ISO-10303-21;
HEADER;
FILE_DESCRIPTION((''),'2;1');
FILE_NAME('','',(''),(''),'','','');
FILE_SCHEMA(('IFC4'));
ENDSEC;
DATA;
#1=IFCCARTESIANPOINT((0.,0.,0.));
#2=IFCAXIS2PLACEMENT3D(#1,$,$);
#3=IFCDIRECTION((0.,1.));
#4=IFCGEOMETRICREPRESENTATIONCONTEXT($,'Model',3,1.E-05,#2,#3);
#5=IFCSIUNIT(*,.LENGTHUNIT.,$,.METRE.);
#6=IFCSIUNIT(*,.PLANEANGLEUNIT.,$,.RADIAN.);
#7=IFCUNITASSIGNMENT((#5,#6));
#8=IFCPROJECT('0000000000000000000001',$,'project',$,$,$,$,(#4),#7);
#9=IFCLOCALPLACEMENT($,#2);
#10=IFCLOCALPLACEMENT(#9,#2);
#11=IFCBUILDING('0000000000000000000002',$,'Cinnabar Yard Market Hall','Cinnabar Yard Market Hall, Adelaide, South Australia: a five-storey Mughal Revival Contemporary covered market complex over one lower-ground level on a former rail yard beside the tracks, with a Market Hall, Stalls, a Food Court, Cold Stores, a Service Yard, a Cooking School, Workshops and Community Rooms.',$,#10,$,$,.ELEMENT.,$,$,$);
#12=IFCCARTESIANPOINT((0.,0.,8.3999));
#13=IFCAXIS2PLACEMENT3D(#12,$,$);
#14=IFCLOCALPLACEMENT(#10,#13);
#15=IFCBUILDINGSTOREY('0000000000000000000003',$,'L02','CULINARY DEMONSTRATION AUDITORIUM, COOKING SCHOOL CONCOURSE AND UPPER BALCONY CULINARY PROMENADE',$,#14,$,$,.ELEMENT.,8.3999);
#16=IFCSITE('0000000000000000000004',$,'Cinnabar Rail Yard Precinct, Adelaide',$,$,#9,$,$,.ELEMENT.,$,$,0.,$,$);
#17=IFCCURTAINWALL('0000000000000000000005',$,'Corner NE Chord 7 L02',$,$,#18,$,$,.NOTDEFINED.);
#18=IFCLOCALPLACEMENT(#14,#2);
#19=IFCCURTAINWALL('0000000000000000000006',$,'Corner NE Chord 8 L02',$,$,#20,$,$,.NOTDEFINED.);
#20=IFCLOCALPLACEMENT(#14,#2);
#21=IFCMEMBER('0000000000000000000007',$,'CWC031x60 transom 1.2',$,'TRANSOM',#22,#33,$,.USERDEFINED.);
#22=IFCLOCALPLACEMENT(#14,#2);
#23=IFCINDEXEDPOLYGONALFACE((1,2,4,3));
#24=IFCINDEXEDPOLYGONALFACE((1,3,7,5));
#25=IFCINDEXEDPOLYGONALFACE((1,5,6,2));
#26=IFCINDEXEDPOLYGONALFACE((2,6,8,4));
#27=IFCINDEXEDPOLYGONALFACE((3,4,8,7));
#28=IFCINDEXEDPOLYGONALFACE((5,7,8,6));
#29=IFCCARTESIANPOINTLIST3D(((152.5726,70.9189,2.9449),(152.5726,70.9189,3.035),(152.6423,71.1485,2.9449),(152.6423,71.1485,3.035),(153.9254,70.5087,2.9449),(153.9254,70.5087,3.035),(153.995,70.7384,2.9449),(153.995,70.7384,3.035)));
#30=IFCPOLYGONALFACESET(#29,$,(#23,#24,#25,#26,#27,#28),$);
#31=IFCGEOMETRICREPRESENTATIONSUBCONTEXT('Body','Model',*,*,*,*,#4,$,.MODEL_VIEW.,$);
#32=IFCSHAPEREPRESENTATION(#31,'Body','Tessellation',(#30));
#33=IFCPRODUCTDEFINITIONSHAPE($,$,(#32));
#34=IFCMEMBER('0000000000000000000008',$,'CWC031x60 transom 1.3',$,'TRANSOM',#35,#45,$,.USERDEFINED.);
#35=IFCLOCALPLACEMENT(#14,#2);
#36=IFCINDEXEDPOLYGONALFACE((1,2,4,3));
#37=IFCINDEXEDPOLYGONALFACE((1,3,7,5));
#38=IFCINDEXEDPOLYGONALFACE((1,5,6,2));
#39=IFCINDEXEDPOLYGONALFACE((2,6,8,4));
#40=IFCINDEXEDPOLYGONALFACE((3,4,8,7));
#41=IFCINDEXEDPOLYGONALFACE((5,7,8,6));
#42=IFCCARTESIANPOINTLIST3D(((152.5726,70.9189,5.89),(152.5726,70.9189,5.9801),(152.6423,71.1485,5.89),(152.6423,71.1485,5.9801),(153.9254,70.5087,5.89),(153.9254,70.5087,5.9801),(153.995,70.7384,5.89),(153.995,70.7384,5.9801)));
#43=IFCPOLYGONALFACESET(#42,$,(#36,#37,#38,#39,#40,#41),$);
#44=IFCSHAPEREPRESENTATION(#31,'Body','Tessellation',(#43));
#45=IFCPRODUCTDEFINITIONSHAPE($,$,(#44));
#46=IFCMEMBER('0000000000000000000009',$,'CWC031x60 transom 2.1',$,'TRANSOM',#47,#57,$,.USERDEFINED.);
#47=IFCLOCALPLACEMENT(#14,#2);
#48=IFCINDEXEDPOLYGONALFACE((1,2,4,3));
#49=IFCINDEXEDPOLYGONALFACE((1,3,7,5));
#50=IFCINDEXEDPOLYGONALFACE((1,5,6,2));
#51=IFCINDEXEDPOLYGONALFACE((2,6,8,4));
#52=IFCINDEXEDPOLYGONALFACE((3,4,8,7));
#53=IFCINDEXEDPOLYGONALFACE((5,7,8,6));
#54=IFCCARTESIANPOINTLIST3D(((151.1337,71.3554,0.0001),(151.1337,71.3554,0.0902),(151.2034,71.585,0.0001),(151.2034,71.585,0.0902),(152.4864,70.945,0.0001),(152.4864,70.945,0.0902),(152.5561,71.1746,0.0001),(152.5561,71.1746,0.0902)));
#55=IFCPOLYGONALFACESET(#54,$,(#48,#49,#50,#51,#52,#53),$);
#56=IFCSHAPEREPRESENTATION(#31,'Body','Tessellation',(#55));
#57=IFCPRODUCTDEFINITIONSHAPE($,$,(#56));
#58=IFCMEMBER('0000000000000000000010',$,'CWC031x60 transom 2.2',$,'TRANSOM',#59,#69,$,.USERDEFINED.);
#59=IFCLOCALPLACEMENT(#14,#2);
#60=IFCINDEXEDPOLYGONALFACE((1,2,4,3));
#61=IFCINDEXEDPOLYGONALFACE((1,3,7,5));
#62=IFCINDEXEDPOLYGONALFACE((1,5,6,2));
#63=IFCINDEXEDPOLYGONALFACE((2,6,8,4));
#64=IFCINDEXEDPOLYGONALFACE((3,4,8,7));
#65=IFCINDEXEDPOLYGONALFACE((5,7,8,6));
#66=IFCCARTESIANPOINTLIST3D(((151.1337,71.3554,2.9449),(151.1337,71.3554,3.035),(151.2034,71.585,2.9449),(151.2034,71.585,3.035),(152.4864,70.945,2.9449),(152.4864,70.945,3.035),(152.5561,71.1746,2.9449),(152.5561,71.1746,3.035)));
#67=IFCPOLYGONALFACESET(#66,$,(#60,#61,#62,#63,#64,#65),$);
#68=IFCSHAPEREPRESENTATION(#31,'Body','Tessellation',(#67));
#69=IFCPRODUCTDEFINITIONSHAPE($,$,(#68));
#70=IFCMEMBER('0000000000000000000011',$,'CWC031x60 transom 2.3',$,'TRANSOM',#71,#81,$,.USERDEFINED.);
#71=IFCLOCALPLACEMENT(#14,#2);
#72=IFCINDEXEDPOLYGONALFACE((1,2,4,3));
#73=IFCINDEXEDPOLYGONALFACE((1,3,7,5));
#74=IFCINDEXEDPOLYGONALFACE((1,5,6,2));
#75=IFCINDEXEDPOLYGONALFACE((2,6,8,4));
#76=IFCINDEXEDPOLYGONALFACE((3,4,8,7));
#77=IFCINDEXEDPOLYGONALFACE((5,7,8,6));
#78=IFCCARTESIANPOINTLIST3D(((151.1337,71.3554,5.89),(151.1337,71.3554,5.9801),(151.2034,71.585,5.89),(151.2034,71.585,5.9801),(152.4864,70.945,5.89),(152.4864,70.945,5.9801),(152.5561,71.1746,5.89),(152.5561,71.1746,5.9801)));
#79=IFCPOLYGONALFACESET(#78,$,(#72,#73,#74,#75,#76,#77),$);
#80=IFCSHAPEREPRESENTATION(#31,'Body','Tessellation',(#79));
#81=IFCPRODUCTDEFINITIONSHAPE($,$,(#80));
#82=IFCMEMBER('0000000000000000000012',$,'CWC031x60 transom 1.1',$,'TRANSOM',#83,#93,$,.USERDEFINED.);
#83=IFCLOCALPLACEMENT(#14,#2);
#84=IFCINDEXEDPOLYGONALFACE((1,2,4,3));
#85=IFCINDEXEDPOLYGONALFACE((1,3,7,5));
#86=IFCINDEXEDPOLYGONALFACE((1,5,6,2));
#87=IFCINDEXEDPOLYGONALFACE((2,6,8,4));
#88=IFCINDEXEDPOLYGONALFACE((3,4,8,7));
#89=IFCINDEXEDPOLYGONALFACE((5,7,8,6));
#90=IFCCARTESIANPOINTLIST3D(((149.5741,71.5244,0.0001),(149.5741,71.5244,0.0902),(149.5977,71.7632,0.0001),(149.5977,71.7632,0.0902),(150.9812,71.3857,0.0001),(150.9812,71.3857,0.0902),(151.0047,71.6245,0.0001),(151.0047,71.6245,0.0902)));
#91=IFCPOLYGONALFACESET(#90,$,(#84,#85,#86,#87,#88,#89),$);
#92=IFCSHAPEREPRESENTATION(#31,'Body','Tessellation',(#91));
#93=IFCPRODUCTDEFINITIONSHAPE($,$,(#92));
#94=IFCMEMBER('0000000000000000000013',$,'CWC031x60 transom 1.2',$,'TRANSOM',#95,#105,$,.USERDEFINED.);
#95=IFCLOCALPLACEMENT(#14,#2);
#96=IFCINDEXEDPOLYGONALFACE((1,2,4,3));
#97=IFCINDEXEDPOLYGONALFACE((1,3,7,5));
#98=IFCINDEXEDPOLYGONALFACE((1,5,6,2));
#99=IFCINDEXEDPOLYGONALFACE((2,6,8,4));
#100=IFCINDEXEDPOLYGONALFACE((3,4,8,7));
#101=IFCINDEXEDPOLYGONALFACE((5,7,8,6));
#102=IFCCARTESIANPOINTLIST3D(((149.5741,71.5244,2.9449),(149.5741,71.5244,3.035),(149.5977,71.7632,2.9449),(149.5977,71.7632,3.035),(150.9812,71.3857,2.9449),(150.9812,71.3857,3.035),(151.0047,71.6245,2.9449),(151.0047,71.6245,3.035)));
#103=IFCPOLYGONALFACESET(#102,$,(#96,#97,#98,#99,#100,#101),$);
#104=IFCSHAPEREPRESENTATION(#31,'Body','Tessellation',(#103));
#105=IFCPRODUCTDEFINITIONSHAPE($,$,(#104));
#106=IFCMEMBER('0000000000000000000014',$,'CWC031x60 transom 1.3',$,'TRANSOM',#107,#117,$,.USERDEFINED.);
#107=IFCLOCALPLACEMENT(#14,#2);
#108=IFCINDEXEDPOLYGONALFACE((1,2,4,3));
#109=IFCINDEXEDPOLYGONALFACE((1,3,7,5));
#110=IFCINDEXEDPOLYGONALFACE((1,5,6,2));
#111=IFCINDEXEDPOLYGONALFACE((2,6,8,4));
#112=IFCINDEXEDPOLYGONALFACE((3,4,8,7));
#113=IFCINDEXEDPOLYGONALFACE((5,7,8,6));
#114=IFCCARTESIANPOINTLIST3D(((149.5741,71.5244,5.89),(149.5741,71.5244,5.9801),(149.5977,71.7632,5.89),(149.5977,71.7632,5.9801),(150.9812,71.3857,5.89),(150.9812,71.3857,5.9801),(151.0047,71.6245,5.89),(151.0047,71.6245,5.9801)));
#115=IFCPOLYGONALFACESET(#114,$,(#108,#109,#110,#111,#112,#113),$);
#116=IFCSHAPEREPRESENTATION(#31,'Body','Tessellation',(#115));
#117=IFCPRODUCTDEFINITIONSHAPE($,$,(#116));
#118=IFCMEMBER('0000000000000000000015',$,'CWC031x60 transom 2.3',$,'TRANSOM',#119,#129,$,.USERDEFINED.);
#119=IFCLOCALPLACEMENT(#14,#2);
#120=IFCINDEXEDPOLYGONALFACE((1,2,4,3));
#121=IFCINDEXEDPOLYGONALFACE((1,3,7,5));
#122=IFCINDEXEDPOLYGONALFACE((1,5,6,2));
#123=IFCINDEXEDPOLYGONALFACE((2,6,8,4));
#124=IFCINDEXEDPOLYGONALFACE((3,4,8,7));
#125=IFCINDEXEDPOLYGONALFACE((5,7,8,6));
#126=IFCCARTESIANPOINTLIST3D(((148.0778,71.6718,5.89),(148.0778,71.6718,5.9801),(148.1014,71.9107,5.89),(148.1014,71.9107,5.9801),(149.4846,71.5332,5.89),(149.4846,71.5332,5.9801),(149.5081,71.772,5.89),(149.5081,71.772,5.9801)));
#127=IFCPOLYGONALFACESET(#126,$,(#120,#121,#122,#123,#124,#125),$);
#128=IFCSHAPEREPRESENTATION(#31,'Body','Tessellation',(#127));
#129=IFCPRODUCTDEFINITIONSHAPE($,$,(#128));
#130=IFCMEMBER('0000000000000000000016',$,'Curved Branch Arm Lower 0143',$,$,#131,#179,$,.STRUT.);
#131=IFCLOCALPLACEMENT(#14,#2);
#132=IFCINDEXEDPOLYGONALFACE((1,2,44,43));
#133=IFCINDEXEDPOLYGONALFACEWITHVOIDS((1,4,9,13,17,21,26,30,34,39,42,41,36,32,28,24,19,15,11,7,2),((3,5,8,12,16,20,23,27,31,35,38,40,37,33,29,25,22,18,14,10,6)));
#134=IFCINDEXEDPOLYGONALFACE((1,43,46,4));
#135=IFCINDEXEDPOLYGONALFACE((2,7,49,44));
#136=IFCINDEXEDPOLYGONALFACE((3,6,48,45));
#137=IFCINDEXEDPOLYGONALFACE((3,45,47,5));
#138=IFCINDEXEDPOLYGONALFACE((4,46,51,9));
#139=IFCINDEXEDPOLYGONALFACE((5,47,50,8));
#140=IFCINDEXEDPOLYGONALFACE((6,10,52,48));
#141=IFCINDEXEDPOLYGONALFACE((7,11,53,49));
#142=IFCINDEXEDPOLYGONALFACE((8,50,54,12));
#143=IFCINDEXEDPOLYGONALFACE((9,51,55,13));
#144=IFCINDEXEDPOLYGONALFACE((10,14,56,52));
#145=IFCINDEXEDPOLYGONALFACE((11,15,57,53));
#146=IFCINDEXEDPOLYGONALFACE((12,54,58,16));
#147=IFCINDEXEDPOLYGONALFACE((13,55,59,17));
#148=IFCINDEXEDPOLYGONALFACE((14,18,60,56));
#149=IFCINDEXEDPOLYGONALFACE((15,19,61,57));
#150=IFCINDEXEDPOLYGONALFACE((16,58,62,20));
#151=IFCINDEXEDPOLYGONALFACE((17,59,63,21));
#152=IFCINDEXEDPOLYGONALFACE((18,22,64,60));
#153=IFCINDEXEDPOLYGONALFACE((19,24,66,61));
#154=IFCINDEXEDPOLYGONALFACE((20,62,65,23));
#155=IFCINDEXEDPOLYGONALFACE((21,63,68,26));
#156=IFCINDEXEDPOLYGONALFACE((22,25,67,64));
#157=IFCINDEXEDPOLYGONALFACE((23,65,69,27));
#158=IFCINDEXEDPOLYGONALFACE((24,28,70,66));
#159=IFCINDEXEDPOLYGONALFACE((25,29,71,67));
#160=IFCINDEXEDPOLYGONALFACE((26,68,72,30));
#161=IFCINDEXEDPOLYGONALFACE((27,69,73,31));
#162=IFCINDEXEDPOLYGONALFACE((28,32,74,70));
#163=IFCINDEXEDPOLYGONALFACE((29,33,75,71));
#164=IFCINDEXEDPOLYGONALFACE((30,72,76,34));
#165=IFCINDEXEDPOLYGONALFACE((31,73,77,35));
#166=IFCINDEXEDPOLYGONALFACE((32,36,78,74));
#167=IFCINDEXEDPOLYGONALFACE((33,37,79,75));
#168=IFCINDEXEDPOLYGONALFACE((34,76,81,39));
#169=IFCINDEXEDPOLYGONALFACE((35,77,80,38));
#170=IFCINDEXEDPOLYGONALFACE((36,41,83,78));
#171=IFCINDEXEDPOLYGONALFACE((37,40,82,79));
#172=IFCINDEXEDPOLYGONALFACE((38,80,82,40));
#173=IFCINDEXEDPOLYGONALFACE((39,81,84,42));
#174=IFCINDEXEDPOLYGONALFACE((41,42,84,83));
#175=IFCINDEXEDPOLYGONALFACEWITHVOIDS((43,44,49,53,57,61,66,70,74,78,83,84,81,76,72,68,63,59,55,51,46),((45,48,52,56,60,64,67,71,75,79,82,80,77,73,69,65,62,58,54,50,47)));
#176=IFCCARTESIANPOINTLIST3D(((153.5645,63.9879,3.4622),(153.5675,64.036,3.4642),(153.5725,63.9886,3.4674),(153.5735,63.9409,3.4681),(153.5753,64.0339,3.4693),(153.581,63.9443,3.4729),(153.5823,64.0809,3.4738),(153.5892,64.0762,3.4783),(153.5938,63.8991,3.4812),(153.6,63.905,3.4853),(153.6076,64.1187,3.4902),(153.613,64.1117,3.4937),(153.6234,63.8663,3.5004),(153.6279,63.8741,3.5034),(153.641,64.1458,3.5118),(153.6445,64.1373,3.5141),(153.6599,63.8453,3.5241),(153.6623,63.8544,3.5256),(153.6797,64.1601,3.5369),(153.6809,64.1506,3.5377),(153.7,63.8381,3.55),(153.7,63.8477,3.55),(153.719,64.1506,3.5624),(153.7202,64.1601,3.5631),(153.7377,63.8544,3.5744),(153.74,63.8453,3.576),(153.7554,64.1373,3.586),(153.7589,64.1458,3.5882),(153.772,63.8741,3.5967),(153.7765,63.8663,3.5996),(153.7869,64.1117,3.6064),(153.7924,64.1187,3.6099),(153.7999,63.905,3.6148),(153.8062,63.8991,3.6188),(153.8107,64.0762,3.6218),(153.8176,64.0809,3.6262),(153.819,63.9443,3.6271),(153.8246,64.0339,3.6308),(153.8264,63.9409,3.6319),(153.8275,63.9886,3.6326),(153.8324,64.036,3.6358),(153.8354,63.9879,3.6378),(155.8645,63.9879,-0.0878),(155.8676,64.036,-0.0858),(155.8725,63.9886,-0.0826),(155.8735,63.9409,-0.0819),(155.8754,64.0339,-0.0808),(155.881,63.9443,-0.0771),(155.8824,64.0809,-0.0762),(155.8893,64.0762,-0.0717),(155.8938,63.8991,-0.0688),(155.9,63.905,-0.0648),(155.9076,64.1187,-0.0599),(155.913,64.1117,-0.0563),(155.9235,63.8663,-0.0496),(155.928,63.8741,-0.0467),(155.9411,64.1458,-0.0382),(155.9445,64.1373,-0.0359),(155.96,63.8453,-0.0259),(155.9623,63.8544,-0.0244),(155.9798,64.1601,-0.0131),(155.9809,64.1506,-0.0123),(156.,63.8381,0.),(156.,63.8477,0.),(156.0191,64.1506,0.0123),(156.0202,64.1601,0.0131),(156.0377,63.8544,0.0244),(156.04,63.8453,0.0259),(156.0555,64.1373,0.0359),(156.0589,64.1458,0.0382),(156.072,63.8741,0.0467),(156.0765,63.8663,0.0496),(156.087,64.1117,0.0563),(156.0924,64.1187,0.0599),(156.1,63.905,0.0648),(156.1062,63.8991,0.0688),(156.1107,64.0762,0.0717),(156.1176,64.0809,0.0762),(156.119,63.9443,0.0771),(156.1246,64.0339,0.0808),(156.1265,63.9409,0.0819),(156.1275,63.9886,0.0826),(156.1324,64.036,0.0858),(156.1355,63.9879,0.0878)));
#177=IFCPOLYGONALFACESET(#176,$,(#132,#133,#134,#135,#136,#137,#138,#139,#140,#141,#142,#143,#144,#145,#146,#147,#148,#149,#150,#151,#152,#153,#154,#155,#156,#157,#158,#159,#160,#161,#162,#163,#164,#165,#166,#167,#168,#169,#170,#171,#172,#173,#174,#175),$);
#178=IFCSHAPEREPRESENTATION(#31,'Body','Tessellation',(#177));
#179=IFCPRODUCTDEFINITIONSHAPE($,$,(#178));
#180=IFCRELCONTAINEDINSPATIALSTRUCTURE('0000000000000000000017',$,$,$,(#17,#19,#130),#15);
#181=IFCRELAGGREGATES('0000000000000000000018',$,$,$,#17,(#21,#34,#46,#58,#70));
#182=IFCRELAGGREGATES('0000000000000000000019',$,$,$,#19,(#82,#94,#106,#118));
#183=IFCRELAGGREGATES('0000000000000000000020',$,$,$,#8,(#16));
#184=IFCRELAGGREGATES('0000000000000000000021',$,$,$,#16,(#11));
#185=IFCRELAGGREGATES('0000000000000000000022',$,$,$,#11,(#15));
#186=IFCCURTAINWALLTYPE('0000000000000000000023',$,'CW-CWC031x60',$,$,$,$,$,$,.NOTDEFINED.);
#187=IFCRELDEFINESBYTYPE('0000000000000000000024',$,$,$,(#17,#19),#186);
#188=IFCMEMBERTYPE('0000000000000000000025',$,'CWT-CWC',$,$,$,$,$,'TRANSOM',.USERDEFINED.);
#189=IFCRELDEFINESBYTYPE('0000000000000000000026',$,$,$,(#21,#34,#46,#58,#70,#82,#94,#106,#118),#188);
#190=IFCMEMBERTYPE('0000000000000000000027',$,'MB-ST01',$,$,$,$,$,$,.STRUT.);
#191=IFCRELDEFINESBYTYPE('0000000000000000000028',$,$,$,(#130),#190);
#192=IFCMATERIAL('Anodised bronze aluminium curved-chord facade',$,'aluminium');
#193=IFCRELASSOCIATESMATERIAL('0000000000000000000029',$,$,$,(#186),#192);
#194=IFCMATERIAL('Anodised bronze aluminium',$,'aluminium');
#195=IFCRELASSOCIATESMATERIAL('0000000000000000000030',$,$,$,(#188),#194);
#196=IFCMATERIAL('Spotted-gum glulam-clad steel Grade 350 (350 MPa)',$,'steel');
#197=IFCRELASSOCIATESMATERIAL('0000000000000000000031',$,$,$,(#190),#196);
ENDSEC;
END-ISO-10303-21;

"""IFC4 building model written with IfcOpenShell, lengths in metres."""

from ifc_helpers import new_model, si_unit, direction, frame, origin, origin_2d_with_axis, place, context, subcontext, project, spatial, rectangle, hollow_circle, extrude, material, material_profile, profile_set, type_object, element, aggregate, save


model = new_model("IFC4")

# Units and contexts
model_context = context("Model", 3, precision=1e-05, world=origin(), true_north=direction((0.0, 1.0)))
body_context = subcontext(model_context, "Body", "Model", "MODEL_VIEW")
ifc_project = project(units=[si_unit("LENGTHUNIT", "METRE"), si_unit("PLANEANGLEUNIT", "RADIAN")], contexts=[model_context])

# Site, building, storey
site_placement = place(None, origin())
site = spatial("IfcSite", under=ifc_project, at=site_placement, Name="Cinnabar Rail Yard Precinct, Adelaide", CompositionType="ELEMENT", RefElevation=0.0)
building_placement = place(site_placement, origin())
building = spatial("IfcBuilding", under=site, at=building_placement, Name="Cinnabar Yard Market Hall", Description="Cinnabar Yard Market Hall, Adelaide, South Australia: a five-storey Mughal Revival Contemporary covered market complex over one lower-ground level on a former rail yard beside the tracks, with a Market Hall, Stalls, a Food Court, Cold Stores, a Service Yard, a Cooking School, Workshops and Community Rooms.", CompositionType="ELEMENT")
storey_placement = place(building_placement, frame((0.0, 0.0, 8.3999)))
storey = spatial("IfcBuildingStorey", under=building, at=storey_placement, Name="L02", Description="CULINARY DEMONSTRATION AUDITORIUM, COOKING SCHOOL CONCOURSE AND UPPER BALCONY CULINARY PROMENADE", CompositionType="ELEMENT", Elevation=8.3999)

# Curtain walls
ifc_material_1 = material(Name="Anodised bronze aluminium curved-chord facade", Category="aluminium")
curtain_wall_type = type_object("IfcCurtainWallType", Name="CW-CWC031x60", PredefinedType="NOTDEFINED", material=ifc_material_1)
ifc_material_2 = material(Name="Anodised bronze aluminium", Category="aluminium")
curtain_wall_1_placement = place(storey_placement, origin())
curtain_wall_1 = element("IfcCurtainWall", 1, at=curtain_wall_1_placement, inside=storey, type_object=curtain_wall_type, Name="Corner NE Chord 7 L02", PredefinedType="NOTDEFINED")
curtain_wall_2_placement = place(storey_placement, origin())
curtain_wall_2 = element("IfcCurtainWall", 2, at=curtain_wall_2_placement, inside=storey, type_object=curtain_wall_type, Name="Corner NE Chord 8 L02", PredefinedType="NOTDEFINED")

# Members
ifc_material_profile_1 = material_profile(ifc_material_2, rectangle(XDim=0.24, YDim=0.0901, at=origin_2d_with_axis()), Name="TRN-CWC")
ifc_profile_set_1 = profile_set([ifc_material_profile_1], Name="Anodised bronze aluminium")
member_type_1 = type_object("IfcMemberType", Name="CWT-CWC", ElementType="TRANSOM", PredefinedType="USERDEFINED", material=ifc_profile_set_1)
member_1_placement = place(storey_placement, frame((153.9602, 70.6235, 2.99), z_axis=(-0.956981, 0.290151, 0.0), x_axis=(-0.290151, -0.956981, 0.0)))
member_1 = element("IfcMember", 3, at=member_1_placement, type_object=member_type_1, Name="CWC031x60 transom 1.2", ObjectType="TRANSOM", PredefinedType="USERDEFINED", context=body_context, shape_type="SweptSolid", body=[
    extrude(rectangle(XDim=0.24, YDim=0.0901, at=origin_2d_with_axis()), origin(), (0.0, 0.0, 1.0), 1.4136),
])
member_2_placement = place(storey_placement, frame((153.9602, 70.6235, 5.9351), z_axis=(-0.956981, 0.290151, 0.0), x_axis=(-0.290151, -0.956981, 0.0)))
member_2 = element("IfcMember", 4, at=member_2_placement, type_object=member_type_1, Name="CWC031x60 transom 1.3", ObjectType="TRANSOM", PredefinedType="USERDEFINED", context=body_context, shape_type="SweptSolid", body=[
    extrude(rectangle(XDim=0.24, YDim=0.0901, at=origin_2d_with_axis()), origin(), (0.0, 0.0, 1.0), 1.4136),
])
member_3_placement = place(storey_placement, frame((152.5212, 71.0598, 0.0452), z_axis=(-0.956933, 0.290309, 0.0), x_axis=(-0.290309, -0.956933, 0.0)))
member_3 = element("IfcMember", 5, at=member_3_placement, type_object=member_type_1, Name="CWC031x60 transom 2.1", ObjectType="TRANSOM", PredefinedType="USERDEFINED", context=body_context, shape_type="SweptSolid", body=[
    extrude(rectangle(XDim=0.24, YDim=0.0901, at=origin_2d_with_axis()), origin(), (0.0, 0.0, 1.0), 1.4136),
])
member_4_placement = place(storey_placement, frame((152.5212, 71.0598, 2.99), z_axis=(-0.956933, 0.290309, 0.0), x_axis=(-0.290309, -0.956933, 0.0)))
member_4 = element("IfcMember", 6, at=member_4_placement, type_object=member_type_1, Name="CWC031x60 transom 2.2", ObjectType="TRANSOM", PredefinedType="USERDEFINED", context=body_context, shape_type="SweptSolid", body=[
    extrude(rectangle(XDim=0.24, YDim=0.0901, at=origin_2d_with_axis()), origin(), (0.0, 0.0, 1.0), 1.4136),
])
member_5_placement = place(storey_placement, frame((152.5212, 71.0598, 5.9351), z_axis=(-0.956933, 0.290309, 0.0), x_axis=(-0.290309, -0.956933, 0.0)))
member_5 = element("IfcMember", 7, at=member_5_placement, type_object=member_type_1, Name="CWC031x60 transom 2.3", ObjectType="TRANSOM", PredefinedType="USERDEFINED", context=body_context, shape_type="SweptSolid", body=[
    extrude(rectangle(XDim=0.24, YDim=0.0901, at=origin_2d_with_axis()), origin(), (0.0, 0.0, 1.0), 1.4136),
])
member_6_placement = place(storey_placement, frame((150.9929, 71.5051, 0.0452), z_axis=(-0.995178, 0.098085, 0.0), x_axis=(-0.098085, -0.995178, 0.0)))
member_6 = element("IfcMember", 8, at=member_6_placement, type_object=member_type_1, Name="CWC031x60 transom 1.1", ObjectType="TRANSOM", PredefinedType="USERDEFINED", context=body_context, shape_type="SweptSolid", body=[
    extrude(rectangle(XDim=0.24, YDim=0.0901, at=origin_2d_with_axis()), origin(), (0.0, 0.0, 1.0), 1.4138),
])
member_7_placement = place(storey_placement, frame((150.9929, 71.5051, 2.99), z_axis=(-0.995178, 0.098085, 0.0), x_axis=(-0.098085, -0.995178, 0.0)))
member_7 = element("IfcMember", 9, at=member_7_placement, type_object=member_type_1, Name="CWC031x60 transom 1.2", ObjectType="TRANSOM", PredefinedType="USERDEFINED", context=body_context, shape_type="SweptSolid", body=[
    extrude(rectangle(XDim=0.24, YDim=0.0901, at=origin_2d_with_axis()), origin(), (0.0, 0.0, 1.0), 1.4138),
])
member_8_placement = place(storey_placement, frame((150.9929, 71.5051, 5.9351), z_axis=(-0.995178, 0.098085, 0.0), x_axis=(-0.098085, -0.995178, 0.0)))
member_8 = element("IfcMember", 10, at=member_8_placement, type_object=member_type_1, Name="CWC031x60 transom 1.3", ObjectType="TRANSOM", PredefinedType="USERDEFINED", context=body_context, shape_type="SweptSolid", body=[
    extrude(rectangle(XDim=0.24, YDim=0.0901, at=origin_2d_with_axis()), origin(), (0.0, 0.0, 1.0), 1.4138),
])
member_9_placement = place(storey_placement, frame((149.4963, 71.6526, 5.9351), z_axis=(-0.995176, 0.098101, 0.0), x_axis=(-0.098101, -0.995176, 0.0)))
member_9 = element("IfcMember", 11, at=member_9_placement, type_object=member_type_1, Name="CWC031x60 transom 2.3", ObjectType="TRANSOM", PredefinedType="USERDEFINED", context=body_context, shape_type="SweptSolid", body=[
    extrude(rectangle(XDim=0.24, YDim=0.0901, at=origin_2d_with_axis()), origin(), (0.0, 0.0, 1.0), 1.4136),
])

# Member
ifc_material_3 = material(Name="Spotted-gum glulam-clad steel Grade 350 (350 MPa)", Category="steel")
ifc_material_profile_2 = material_profile(ifc_material_3, hollow_circle(Radius=0.1619, WallThickness=0.0095, at=origin_2d_with_axis()), Name="323.9x9.5CHS")
ifc_profile_set_2 = profile_set([ifc_material_profile_2], Name="Spotted-gum glulam-clad steel Grade 350 (350 MPa)")
member_type_2 = type_object("IfcMemberType", Name="MB-ST01", PredefinedType="STRUT", material=ifc_profile_set_2)
for number, where, z_axis, x_axis, name in (
    (12, (156.0, 64.0, 0.0), (-0.543744, 0.0, 0.839251), (0.0, -1.0, 0.0), "Curved Branch Arm Lower 0143"),
):
    element("IfcMember", number, at=place(storey_placement, frame(where, z_axis=z_axis, x_axis=x_axis)), inside=storey, type_object=member_type_2, Name=name, PredefinedType="STRUT", context=body_context, shape_type="SweptSolid", body=[
        extrude(hollow_circle(Radius=0.1619, WallThickness=0.0095, at=origin_2d_with_axis()), origin(), (0.0, 0.0, 1.0), 4.23),
    ])

aggregate(curtain_wall_1, [member_1, member_2, member_3, member_4, member_5])
aggregate(curtain_wall_2, [member_6, member_7, member_8, member_9])

save(model, "model.ifc")
